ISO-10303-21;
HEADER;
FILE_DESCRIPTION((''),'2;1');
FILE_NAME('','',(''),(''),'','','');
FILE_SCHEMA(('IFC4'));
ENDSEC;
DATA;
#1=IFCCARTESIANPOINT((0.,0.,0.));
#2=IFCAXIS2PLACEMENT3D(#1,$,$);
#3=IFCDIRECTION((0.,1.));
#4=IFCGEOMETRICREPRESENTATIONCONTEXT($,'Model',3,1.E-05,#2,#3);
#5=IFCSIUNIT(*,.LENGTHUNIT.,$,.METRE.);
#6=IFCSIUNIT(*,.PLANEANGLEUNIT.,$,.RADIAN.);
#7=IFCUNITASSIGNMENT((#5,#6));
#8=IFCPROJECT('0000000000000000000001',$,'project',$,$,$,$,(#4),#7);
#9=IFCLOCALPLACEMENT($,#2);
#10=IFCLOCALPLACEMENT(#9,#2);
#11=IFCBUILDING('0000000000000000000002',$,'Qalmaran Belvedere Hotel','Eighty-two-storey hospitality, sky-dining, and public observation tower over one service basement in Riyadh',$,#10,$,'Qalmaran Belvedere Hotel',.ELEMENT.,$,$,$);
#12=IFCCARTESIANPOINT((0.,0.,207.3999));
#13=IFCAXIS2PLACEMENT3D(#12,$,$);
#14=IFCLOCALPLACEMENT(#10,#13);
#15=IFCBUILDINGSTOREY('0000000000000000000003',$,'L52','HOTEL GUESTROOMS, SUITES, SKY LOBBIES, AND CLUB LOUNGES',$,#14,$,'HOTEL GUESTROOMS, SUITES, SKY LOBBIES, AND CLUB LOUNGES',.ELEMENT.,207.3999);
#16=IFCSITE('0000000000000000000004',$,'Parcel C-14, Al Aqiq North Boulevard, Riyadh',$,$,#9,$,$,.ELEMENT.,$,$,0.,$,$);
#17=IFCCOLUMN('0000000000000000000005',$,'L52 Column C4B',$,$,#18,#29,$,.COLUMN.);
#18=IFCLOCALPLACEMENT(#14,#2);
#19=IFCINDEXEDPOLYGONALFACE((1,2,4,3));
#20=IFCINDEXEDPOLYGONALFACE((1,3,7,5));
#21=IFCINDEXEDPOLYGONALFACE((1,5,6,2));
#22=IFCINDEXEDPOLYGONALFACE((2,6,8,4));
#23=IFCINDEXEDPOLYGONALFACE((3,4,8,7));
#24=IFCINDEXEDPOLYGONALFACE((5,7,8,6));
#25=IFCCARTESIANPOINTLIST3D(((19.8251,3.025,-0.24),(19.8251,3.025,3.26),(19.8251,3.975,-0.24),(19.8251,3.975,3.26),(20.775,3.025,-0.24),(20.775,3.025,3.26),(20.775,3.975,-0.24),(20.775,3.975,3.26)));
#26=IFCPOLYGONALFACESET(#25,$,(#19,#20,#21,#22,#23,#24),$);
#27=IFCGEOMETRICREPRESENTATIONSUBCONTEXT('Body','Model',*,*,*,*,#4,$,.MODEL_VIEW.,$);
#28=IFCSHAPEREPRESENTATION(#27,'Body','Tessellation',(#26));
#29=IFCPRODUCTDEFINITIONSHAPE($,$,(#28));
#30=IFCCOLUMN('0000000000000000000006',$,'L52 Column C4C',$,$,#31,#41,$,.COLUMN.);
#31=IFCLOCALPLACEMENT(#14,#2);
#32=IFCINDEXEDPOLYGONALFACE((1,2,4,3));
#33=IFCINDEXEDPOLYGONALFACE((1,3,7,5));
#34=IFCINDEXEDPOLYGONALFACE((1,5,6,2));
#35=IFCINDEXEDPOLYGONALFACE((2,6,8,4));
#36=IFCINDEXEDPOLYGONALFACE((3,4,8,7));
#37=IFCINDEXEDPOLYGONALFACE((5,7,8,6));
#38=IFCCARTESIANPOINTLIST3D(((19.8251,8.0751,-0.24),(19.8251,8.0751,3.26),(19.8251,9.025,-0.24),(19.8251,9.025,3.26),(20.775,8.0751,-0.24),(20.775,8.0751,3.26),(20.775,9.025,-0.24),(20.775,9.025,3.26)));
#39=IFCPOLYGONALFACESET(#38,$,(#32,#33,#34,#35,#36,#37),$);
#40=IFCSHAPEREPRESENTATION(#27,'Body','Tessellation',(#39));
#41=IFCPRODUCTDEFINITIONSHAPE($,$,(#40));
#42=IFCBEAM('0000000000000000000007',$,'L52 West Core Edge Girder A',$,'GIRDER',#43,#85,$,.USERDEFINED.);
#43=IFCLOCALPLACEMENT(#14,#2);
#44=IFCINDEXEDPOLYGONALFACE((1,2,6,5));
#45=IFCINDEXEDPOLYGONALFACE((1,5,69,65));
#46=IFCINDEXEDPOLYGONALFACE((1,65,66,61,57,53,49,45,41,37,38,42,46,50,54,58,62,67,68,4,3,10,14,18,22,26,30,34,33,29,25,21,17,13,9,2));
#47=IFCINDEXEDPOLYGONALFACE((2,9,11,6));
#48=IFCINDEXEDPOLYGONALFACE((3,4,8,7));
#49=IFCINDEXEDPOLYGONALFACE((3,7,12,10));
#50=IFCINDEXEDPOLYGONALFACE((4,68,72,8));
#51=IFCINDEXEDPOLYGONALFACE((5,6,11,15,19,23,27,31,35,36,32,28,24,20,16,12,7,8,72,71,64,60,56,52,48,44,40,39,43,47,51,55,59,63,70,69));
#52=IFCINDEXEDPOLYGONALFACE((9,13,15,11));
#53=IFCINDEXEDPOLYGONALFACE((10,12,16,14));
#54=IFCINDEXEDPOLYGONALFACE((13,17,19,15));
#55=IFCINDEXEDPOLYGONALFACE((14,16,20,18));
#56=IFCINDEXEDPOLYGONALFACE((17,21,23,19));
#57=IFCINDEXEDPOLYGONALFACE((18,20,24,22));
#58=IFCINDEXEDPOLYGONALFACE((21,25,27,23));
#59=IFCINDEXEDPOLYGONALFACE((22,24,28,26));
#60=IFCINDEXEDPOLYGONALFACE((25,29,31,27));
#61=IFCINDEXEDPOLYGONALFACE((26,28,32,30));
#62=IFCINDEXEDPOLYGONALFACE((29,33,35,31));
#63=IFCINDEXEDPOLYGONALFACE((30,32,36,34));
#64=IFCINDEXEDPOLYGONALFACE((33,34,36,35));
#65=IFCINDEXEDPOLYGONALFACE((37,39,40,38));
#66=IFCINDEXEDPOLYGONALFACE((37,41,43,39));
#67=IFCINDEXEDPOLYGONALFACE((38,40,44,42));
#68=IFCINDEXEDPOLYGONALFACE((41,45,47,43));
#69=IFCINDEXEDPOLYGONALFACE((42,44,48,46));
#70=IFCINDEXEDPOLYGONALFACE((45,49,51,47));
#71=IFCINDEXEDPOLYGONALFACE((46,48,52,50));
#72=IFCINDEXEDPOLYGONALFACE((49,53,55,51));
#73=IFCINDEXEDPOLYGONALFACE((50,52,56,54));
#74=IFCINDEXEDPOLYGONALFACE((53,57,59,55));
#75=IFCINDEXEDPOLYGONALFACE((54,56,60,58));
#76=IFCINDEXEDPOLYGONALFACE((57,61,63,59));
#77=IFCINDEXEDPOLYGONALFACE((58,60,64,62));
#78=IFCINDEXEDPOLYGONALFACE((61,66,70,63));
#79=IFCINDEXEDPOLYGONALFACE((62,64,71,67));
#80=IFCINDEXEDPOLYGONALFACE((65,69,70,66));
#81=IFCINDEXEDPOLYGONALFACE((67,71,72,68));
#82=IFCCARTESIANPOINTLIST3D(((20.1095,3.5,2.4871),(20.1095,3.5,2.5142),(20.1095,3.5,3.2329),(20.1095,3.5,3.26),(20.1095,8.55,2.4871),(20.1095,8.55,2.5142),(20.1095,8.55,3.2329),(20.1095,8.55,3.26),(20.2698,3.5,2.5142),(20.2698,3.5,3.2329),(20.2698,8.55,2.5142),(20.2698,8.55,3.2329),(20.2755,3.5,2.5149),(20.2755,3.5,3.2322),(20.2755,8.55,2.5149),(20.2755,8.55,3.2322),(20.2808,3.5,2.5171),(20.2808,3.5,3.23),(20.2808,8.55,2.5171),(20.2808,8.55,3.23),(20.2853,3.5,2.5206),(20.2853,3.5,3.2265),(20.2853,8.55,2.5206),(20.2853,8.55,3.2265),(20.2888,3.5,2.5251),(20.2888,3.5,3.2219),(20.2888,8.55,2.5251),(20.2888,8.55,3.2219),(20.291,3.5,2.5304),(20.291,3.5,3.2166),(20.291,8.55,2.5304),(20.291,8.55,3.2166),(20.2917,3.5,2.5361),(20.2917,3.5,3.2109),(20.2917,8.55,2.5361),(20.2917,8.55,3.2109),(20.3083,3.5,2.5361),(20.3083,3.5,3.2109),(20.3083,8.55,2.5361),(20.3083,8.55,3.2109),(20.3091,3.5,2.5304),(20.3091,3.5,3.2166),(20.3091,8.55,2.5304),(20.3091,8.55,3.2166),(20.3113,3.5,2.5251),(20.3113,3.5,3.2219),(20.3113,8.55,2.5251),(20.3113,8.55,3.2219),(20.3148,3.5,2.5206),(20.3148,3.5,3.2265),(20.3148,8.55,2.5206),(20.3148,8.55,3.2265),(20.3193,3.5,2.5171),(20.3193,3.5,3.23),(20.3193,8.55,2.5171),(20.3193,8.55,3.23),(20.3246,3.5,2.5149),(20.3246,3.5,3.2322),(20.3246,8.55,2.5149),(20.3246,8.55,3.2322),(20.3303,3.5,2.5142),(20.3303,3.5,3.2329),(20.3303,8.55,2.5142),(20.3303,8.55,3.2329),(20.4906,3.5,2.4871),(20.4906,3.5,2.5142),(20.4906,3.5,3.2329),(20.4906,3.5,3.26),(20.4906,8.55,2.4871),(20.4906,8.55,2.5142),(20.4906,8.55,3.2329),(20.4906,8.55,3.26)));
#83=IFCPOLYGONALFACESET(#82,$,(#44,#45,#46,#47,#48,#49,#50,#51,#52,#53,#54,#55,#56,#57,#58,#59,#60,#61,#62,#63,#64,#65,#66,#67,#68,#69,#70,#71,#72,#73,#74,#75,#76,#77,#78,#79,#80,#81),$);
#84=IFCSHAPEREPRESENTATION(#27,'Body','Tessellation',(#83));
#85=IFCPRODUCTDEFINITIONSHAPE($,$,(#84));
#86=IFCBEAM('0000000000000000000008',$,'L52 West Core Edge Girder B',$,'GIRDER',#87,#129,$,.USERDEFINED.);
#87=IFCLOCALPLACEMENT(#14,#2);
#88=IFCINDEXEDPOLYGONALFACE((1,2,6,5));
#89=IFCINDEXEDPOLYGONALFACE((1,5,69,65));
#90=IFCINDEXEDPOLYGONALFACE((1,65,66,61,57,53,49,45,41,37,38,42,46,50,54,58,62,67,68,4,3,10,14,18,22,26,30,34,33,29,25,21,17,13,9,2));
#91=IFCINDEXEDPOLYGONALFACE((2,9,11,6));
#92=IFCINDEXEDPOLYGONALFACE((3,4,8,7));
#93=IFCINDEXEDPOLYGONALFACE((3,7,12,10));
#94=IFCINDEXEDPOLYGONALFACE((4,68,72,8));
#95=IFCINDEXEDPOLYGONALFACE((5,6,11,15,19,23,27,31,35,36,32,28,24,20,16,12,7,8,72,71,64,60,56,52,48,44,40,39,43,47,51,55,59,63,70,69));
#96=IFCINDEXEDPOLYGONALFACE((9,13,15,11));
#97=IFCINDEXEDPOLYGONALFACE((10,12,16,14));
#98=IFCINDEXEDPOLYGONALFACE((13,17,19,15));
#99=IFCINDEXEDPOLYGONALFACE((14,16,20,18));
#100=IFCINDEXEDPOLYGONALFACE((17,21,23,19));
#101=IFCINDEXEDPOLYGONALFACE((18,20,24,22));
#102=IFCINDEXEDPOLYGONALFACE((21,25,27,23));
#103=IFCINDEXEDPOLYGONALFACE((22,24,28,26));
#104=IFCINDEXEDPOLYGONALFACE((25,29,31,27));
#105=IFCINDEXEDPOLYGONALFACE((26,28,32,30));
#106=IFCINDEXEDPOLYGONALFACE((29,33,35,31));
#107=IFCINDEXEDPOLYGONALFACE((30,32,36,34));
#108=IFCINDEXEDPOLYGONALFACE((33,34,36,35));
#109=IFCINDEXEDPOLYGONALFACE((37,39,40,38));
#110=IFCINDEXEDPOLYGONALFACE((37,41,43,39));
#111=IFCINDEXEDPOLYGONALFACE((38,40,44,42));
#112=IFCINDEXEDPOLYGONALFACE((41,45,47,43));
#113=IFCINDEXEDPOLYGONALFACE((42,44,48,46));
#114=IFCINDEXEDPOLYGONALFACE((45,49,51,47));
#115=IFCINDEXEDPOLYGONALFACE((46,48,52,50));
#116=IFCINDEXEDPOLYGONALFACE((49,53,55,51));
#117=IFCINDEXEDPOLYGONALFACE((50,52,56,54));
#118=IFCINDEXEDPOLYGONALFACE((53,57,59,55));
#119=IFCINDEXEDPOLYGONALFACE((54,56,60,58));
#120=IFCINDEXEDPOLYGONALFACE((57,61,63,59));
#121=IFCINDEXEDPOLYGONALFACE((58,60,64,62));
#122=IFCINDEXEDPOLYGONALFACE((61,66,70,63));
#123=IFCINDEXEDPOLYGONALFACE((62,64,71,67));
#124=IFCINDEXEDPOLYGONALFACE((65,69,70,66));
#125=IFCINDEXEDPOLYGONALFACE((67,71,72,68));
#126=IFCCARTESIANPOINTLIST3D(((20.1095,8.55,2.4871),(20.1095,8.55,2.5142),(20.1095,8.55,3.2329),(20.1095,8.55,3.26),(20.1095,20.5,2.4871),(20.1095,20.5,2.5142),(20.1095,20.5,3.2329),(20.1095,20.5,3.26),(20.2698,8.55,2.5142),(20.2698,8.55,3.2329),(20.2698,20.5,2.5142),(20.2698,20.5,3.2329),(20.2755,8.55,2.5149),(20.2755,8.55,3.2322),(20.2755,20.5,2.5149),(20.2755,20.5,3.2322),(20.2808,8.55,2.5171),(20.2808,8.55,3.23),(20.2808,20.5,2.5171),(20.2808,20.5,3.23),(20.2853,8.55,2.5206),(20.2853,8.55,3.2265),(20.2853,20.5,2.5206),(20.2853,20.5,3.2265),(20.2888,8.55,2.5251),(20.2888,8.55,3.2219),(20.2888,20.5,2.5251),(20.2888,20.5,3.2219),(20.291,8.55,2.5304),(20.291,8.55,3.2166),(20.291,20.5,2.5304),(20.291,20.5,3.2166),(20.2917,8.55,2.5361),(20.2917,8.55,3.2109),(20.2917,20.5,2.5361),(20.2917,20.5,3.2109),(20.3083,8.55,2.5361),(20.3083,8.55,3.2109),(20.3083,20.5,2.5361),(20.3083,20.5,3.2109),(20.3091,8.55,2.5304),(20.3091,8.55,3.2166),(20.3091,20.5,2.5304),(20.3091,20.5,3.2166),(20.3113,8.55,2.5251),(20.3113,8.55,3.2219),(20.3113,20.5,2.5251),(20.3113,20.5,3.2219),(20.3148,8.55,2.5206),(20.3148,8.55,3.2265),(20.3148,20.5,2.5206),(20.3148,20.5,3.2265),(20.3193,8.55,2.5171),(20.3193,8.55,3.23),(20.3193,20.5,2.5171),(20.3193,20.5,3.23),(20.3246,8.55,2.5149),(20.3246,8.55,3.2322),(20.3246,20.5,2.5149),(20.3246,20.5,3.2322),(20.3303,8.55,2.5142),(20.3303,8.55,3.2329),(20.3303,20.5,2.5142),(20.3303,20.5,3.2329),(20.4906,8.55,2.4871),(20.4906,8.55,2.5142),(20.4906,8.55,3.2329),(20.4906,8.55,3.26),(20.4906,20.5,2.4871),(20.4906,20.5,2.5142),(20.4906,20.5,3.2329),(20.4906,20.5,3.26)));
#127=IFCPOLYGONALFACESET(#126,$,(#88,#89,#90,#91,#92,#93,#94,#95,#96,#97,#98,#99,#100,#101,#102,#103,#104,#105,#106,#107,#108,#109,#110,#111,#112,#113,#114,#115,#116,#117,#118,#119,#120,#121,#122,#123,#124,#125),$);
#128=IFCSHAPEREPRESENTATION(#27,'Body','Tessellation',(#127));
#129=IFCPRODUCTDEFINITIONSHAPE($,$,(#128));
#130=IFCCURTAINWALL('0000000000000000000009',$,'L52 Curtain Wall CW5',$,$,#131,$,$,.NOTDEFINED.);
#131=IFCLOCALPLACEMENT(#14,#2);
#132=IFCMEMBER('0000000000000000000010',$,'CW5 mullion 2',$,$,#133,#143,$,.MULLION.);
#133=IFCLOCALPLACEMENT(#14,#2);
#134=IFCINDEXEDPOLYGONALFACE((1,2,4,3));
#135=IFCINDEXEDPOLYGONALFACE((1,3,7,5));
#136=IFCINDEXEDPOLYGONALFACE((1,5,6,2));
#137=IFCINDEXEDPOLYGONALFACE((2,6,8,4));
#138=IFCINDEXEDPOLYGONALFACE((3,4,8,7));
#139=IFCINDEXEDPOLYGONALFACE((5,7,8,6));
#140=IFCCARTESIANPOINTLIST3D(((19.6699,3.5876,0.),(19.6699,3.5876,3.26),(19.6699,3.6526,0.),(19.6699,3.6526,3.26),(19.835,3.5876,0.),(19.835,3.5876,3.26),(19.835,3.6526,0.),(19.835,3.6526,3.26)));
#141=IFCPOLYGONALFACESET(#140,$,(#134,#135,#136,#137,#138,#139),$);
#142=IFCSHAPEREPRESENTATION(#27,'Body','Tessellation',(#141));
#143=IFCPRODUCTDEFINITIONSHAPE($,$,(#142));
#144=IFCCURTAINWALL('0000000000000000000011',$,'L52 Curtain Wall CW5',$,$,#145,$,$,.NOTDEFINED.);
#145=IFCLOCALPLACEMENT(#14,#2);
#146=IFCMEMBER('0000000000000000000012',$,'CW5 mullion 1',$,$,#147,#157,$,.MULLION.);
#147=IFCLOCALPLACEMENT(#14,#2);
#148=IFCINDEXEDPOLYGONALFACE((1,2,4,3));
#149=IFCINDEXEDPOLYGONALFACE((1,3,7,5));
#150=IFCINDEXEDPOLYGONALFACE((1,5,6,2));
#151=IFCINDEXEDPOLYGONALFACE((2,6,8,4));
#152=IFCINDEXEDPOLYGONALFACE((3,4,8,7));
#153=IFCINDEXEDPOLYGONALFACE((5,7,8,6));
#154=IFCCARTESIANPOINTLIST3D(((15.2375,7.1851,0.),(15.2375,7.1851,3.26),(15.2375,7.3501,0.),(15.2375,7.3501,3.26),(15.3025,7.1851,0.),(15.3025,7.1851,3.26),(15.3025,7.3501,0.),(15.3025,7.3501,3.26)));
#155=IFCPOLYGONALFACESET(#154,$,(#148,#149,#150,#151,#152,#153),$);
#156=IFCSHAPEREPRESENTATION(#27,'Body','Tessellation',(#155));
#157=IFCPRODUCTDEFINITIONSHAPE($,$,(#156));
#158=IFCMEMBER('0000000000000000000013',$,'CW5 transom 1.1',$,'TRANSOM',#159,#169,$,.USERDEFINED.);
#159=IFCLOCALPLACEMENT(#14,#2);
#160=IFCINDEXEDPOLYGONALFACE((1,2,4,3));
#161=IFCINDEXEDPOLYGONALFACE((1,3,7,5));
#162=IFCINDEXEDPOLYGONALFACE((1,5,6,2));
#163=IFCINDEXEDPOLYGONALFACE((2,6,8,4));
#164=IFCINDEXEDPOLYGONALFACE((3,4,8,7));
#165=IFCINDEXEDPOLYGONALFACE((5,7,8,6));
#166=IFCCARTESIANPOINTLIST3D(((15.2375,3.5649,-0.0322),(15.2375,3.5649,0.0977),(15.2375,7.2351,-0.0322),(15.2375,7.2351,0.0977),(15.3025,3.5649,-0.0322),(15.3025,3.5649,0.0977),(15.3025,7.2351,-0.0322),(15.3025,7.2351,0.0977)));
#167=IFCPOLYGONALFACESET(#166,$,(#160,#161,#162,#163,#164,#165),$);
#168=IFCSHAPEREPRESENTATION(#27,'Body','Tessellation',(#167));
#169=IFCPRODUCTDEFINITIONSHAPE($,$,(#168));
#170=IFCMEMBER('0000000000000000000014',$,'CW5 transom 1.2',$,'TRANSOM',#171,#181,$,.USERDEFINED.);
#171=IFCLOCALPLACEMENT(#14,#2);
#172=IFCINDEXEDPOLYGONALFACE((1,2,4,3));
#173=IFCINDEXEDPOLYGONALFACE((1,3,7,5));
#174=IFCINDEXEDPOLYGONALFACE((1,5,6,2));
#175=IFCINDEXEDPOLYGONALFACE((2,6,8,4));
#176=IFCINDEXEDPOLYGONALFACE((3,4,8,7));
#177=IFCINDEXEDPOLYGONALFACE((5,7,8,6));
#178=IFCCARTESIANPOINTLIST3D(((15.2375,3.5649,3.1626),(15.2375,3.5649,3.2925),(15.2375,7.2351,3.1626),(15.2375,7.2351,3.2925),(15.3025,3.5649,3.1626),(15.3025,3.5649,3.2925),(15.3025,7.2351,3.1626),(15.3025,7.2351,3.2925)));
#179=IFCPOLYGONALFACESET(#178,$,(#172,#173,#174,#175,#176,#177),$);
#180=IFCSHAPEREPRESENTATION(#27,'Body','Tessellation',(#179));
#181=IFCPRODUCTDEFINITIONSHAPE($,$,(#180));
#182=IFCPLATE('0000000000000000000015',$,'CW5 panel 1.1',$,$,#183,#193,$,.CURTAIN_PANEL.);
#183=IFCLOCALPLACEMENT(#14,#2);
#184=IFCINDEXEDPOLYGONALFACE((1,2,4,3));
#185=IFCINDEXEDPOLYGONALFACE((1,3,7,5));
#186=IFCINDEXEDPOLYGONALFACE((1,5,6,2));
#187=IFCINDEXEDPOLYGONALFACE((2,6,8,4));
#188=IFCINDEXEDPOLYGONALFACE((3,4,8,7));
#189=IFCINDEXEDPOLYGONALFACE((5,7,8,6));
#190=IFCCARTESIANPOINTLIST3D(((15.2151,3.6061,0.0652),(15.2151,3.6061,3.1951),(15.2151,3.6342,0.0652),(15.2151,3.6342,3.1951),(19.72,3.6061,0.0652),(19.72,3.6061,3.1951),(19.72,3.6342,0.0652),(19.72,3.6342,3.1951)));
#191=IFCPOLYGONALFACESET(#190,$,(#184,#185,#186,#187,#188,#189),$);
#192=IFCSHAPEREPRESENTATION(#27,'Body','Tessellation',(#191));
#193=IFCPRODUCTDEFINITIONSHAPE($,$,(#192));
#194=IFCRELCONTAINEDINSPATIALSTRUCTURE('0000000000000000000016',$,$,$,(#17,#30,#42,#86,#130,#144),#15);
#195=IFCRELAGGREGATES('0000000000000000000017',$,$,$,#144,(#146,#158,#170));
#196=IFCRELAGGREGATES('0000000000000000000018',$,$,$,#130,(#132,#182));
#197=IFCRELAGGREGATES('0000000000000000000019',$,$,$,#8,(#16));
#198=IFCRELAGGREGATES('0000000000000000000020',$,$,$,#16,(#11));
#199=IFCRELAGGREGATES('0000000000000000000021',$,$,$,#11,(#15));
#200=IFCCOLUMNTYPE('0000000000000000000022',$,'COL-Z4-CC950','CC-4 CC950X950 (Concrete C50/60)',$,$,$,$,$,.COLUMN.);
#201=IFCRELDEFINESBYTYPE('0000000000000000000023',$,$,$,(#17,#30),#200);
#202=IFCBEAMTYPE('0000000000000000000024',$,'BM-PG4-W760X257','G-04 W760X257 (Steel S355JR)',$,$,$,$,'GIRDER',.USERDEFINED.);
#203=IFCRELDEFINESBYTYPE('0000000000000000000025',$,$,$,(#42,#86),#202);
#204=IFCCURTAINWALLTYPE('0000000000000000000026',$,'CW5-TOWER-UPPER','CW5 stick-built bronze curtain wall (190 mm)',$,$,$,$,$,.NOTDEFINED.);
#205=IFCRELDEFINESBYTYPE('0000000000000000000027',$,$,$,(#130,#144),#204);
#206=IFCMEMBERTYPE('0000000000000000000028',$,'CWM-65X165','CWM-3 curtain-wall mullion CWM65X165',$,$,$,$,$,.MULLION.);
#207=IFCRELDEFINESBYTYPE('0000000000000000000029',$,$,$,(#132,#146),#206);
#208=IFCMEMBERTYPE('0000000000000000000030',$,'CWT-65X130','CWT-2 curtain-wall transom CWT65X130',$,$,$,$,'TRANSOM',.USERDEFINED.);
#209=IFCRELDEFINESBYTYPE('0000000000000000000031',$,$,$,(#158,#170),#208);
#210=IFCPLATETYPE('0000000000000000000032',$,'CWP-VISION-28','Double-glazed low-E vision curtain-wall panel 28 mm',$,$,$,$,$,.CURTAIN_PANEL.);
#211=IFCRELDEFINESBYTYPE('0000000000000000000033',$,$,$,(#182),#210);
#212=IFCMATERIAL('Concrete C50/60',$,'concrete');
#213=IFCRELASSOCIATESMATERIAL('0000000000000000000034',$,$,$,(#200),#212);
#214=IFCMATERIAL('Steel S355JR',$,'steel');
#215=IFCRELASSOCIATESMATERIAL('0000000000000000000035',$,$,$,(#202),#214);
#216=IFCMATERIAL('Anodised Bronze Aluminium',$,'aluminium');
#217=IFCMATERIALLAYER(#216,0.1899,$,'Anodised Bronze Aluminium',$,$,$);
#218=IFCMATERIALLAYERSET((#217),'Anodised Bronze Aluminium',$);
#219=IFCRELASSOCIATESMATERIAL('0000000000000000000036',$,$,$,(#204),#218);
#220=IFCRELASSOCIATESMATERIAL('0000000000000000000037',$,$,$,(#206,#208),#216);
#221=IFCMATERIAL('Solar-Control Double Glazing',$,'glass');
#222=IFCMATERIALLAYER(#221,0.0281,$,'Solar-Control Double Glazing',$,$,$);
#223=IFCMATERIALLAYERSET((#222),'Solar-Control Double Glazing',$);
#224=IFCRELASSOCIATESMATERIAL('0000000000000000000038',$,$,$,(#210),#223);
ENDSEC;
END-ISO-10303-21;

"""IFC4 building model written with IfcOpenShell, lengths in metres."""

from ifc_helpers import new_model, si_unit, direction, frame, origin, origin_2d, place, context, subcontext, project, spatial, rectangle, i_section, extrude, material, layer, layer_set, material_profile, profile_set, type_object, element, aggregate, save


model = new_model("IFC4")

# Units and contexts
model_context = context("Model", 3, precision=1e-05, world=origin(), true_north=direction((0.0, 1.0)))
body_context = subcontext(model_context, "Body", "Model", "MODEL_VIEW")
ifc_project = project(units=[si_unit("LENGTHUNIT", "METRE"), si_unit("PLANEANGLEUNIT", "RADIAN")], contexts=[model_context])

# Site, building, storey
site_placement = place(None, origin())
site = spatial("IfcSite", under=ifc_project, at=site_placement, Name="Parcel C-14, Al Aqiq North Boulevard, Riyadh", CompositionType="ELEMENT", RefElevation=0.0)
building_placement = place(site_placement, origin())
building = spatial("IfcBuilding", under=site, at=building_placement, Name="Qalmaran Belvedere Hotel", Description="Eighty-two-storey hospitality, sky-dining, and public observation tower over one service basement in Riyadh", LongName="Qalmaran Belvedere Hotel", CompositionType="ELEMENT")
storey_placement = place(building_placement, frame((0.0, 0.0, 207.3999)))
storey = spatial("IfcBuildingStorey", under=building, at=storey_placement, Name="L52", Description="HOTEL GUESTROOMS, SUITES, SKY LOBBIES, AND CLUB LOUNGES", LongName="HOTEL GUESTROOMS, SUITES, SKY LOBBIES, AND CLUB LOUNGES", CompositionType="ELEMENT", Elevation=207.3999)

# Columns
ifc_material_1 = material(Name="Concrete C50/60", Category="concrete")
ifc_material_profile_1 = material_profile(ifc_material_1, rectangle(XDim=0.95, YDim=0.95, at=origin_2d()), Name="CC950X950")
ifc_profile_set_1 = profile_set([ifc_material_profile_1], Name="Concrete C50/60")
column_type = type_object("IfcColumnType", Name="COL-Z4-CC950", Description="CC-4 CC950X950 (Concrete C50/60)", PredefinedType="COLUMN", material=ifc_profile_set_1)
for number, where, z_axis, x_axis, name in (
    (1, (20.3, 3.5, -0.24), (0.0, 0.0, 1.0), (1.0, 0.0, 0.0), "L52 Column C4B"),
    (2, (20.3, 8.55, -0.24), (0.0, 0.0, 1.0), (1.0, 0.0, 0.0), "L52 Column C4C"),
):
    element("IfcColumn", number, at=place(storey_placement, frame(where, z_axis=z_axis, x_axis=x_axis)), inside=storey, type_object=column_type, Name=name, PredefinedType="COLUMN", context=body_context, shape_type="SweptSolid", body=[
        extrude(rectangle(XDim=0.95, YDim=0.95, at=origin_2d()), origin(), (0.0, 0.0, 1.0), 3.5),
    ])

# Beams
ifc_material_2 = material(Name="Steel S355JR", Category="steel")
ifc_material_profile_2 = material_profile(ifc_material_2, i_section(OverallWidth=0.3811, OverallDepth=0.7729, WebThickness=0.0166, FlangeThickness=0.0271, FilletRadius=0.022, at=origin_2d()), Name="W760X257")
ifc_profile_set_2 = profile_set([ifc_material_profile_2], Name="Steel S355JR")
beam_type = type_object("IfcBeamType", Name="BM-PG4-W760X257", Description="G-04 W760X257 (Steel S355JR)", ElementType="GIRDER", PredefinedType="USERDEFINED", material=ifc_profile_set_2)
beam_1_placement = place(storey_placement, frame((20.3, 3.5, 2.8735), z_axis=(0.0, 1.0, 0.0), x_axis=(-1.0, 0.0, 0.0)))
element("IfcBeam", 3, at=beam_1_placement, inside=storey, type_object=beam_type, Name="L52 West Core Edge Girder A", ObjectType="GIRDER", PredefinedType="USERDEFINED", context=body_context, shape_type="SweptSolid", body=[
    extrude(i_section(OverallWidth=0.3811, OverallDepth=0.7729, WebThickness=0.0166, FlangeThickness=0.0271, FilletRadius=0.022, at=origin_2d()), origin(), (0.0, 0.0, 1.0), 5.05),
])
beam_2_placement = place(storey_placement, frame((20.3, 8.55, 2.8735), z_axis=(0.0, 1.0, 0.0), x_axis=(-1.0, 0.0, 0.0)))
element("IfcBeam", 4, at=beam_2_placement, inside=storey, type_object=beam_type, Name="L52 West Core Edge Girder B", ObjectType="GIRDER", PredefinedType="USERDEFINED", context=body_context, shape_type="SweptSolid", body=[
    extrude(i_section(OverallWidth=0.3811, OverallDepth=0.7729, WebThickness=0.0166, FlangeThickness=0.0271, FilletRadius=0.022, at=origin_2d()), origin(), (0.0, 0.0, 1.0), 11.95),
])

# Curtain wall, member
ifc_material_3 = material(Name="Anodised Bronze Aluminium", Category="aluminium")
ifc_layer_1 = layer(ifc_material_3, 0.1899, Name="Anodised Bronze Aluminium")
ifc_layer_set_1 = layer_set([ifc_layer_1], Name="Anodised Bronze Aluminium")
curtain_wall_type = type_object("IfcCurtainWallType", Name="CW5-TOWER-UPPER", Description="CW5 stick-built bronze curtain wall (190 mm)", PredefinedType="NOTDEFINED", material=ifc_layer_set_1)
curtain_wall_1_placement = place(storey_placement, origin())
curtain_wall_1 = element("IfcCurtainWall", 5, at=curtain_wall_1_placement, inside=storey, type_object=curtain_wall_type, Name="L52 Curtain Wall CW5", PredefinedType="NOTDEFINED")
ifc_material_profile_3 = material_profile(ifc_material_3, rectangle(XDim=0.0649, YDim=0.165, at=origin_2d()), Name="CWM65X165")
ifc_profile_set_3 = profile_set([ifc_material_profile_3], Name="Anodised Bronze Aluminium")
member_type_1 = type_object("IfcMemberType", Name="CWM-65X165", Description="CWM-3 curtain-wall mullion CWM65X165", PredefinedType="MULLION", material=ifc_profile_set_3)
member_1_placement = place(storey_placement, frame((19.7524, 3.6201, 0.0), z_axis=(0.0, 0.0, 1.0), x_axis=(0.0, 1.0, 0.0)))
member_1 = element("IfcMember", 6, at=member_1_placement, type_object=member_type_1, Name="CW5 mullion 2", PredefinedType="MULLION", context=body_context, shape_type="SweptSolid", body=[
    extrude(rectangle(XDim=0.0649, YDim=0.165, at=origin_2d()), origin(), (0.0, 0.0, 1.0), 3.26),
])

# Curtain wall, members
curtain_wall_2_placement = place(storey_placement, origin())
curtain_wall_2 = element("IfcCurtainWall", 7, at=curtain_wall_2_placement, inside=storey, type_object=curtain_wall_type, Name="L52 Curtain Wall CW5", PredefinedType="NOTDEFINED")
member_2_placement = place(storey_placement, frame((15.27, 7.2676, 0.0), z_axis=(0.0, 0.0, 1.0), x_axis=(1.0, 0.0, 0.0)))
member_2 = element("IfcMember", 8, at=member_2_placement, type_object=member_type_1, Name="CW5 mullion 1", PredefinedType="MULLION", context=body_context, shape_type="SweptSolid", body=[
    extrude(rectangle(XDim=0.0649, YDim=0.165, at=origin_2d()), origin(), (0.0, 0.0, 1.0), 3.26),
])
ifc_material_profile_4 = material_profile(ifc_material_3, rectangle(XDim=0.0649, YDim=0.1299, at=origin_2d()), Name="CWT65X130")
ifc_profile_set_4 = profile_set([ifc_material_profile_4], Name="Anodised Bronze Aluminium")
member_type_2 = type_object("IfcMemberType", Name="CWT-65X130", Description="CWT-2 curtain-wall transom CWT65X130", ElementType="TRANSOM", PredefinedType="USERDEFINED", material=ifc_profile_set_4)
member_3_placement = place(storey_placement, frame((15.27, 7.2351, 0.0327), z_axis=(0.0, -1.0, 0.0), x_axis=(1.0, 0.0, 0.0)))
member_3 = element("IfcMember", 9, at=member_3_placement, type_object=member_type_2, Name="CW5 transom 1.1", ObjectType="TRANSOM", PredefinedType="USERDEFINED", context=body_context, shape_type="SweptSolid", body=[
    extrude(rectangle(XDim=0.0649, YDim=0.1299, at=origin_2d()), origin(), (0.0, 0.0, 1.0), 3.6702),
])
member_4_placement = place(storey_placement, frame((15.27, 7.2351, 3.2275), z_axis=(0.0, -1.0, 0.0), x_axis=(1.0, 0.0, 0.0)))
member_4 = element("IfcMember", 10, at=member_4_placement, type_object=member_type_2, Name="CW5 transom 1.2", ObjectType="TRANSOM", PredefinedType="USERDEFINED", context=body_context, shape_type="SweptSolid", body=[
    extrude(rectangle(XDim=0.0649, YDim=0.1299, at=origin_2d()), origin(), (0.0, 0.0, 1.0), 3.6702),
])
aggregate(curtain_wall_2, [member_2, member_3, member_4])

# Plate
ifc_material_4 = material(Name="Solar-Control Double Glazing", Category="glass")
ifc_layer_2 = layer(ifc_material_4, 0.0281, Name="Solar-Control Double Glazing")
ifc_layer_set_2 = layer_set([ifc_layer_2], Name="Solar-Control Double Glazing")
plate_type = type_object("IfcPlateType", Name="CWP-VISION-28", Description="Double-glazed low-E vision curtain-wall panel 28 mm", PredefinedType="CURTAIN_PANEL", material=ifc_layer_set_2)
plate_placement = place(storey_placement, frame((17.4675, 3.6201, 0.0652), z_axis=(0.0, 0.0, 1.0), x_axis=(1.0, 0.0, 0.0)))
plate = element("IfcPlate", 11, at=plate_placement, type_object=plate_type, Name="CW5 panel 1.1", PredefinedType="CURTAIN_PANEL", context=body_context, shape_type="SweptSolid", body=[
    extrude(rectangle(XDim=4.5049, YDim=0.0281, at=origin_2d()), origin(), (0.0, 0.0, 1.0), 3.1299),
])
aggregate(curtain_wall_1, [member_1, plate])

save(model, "model.ifc")
